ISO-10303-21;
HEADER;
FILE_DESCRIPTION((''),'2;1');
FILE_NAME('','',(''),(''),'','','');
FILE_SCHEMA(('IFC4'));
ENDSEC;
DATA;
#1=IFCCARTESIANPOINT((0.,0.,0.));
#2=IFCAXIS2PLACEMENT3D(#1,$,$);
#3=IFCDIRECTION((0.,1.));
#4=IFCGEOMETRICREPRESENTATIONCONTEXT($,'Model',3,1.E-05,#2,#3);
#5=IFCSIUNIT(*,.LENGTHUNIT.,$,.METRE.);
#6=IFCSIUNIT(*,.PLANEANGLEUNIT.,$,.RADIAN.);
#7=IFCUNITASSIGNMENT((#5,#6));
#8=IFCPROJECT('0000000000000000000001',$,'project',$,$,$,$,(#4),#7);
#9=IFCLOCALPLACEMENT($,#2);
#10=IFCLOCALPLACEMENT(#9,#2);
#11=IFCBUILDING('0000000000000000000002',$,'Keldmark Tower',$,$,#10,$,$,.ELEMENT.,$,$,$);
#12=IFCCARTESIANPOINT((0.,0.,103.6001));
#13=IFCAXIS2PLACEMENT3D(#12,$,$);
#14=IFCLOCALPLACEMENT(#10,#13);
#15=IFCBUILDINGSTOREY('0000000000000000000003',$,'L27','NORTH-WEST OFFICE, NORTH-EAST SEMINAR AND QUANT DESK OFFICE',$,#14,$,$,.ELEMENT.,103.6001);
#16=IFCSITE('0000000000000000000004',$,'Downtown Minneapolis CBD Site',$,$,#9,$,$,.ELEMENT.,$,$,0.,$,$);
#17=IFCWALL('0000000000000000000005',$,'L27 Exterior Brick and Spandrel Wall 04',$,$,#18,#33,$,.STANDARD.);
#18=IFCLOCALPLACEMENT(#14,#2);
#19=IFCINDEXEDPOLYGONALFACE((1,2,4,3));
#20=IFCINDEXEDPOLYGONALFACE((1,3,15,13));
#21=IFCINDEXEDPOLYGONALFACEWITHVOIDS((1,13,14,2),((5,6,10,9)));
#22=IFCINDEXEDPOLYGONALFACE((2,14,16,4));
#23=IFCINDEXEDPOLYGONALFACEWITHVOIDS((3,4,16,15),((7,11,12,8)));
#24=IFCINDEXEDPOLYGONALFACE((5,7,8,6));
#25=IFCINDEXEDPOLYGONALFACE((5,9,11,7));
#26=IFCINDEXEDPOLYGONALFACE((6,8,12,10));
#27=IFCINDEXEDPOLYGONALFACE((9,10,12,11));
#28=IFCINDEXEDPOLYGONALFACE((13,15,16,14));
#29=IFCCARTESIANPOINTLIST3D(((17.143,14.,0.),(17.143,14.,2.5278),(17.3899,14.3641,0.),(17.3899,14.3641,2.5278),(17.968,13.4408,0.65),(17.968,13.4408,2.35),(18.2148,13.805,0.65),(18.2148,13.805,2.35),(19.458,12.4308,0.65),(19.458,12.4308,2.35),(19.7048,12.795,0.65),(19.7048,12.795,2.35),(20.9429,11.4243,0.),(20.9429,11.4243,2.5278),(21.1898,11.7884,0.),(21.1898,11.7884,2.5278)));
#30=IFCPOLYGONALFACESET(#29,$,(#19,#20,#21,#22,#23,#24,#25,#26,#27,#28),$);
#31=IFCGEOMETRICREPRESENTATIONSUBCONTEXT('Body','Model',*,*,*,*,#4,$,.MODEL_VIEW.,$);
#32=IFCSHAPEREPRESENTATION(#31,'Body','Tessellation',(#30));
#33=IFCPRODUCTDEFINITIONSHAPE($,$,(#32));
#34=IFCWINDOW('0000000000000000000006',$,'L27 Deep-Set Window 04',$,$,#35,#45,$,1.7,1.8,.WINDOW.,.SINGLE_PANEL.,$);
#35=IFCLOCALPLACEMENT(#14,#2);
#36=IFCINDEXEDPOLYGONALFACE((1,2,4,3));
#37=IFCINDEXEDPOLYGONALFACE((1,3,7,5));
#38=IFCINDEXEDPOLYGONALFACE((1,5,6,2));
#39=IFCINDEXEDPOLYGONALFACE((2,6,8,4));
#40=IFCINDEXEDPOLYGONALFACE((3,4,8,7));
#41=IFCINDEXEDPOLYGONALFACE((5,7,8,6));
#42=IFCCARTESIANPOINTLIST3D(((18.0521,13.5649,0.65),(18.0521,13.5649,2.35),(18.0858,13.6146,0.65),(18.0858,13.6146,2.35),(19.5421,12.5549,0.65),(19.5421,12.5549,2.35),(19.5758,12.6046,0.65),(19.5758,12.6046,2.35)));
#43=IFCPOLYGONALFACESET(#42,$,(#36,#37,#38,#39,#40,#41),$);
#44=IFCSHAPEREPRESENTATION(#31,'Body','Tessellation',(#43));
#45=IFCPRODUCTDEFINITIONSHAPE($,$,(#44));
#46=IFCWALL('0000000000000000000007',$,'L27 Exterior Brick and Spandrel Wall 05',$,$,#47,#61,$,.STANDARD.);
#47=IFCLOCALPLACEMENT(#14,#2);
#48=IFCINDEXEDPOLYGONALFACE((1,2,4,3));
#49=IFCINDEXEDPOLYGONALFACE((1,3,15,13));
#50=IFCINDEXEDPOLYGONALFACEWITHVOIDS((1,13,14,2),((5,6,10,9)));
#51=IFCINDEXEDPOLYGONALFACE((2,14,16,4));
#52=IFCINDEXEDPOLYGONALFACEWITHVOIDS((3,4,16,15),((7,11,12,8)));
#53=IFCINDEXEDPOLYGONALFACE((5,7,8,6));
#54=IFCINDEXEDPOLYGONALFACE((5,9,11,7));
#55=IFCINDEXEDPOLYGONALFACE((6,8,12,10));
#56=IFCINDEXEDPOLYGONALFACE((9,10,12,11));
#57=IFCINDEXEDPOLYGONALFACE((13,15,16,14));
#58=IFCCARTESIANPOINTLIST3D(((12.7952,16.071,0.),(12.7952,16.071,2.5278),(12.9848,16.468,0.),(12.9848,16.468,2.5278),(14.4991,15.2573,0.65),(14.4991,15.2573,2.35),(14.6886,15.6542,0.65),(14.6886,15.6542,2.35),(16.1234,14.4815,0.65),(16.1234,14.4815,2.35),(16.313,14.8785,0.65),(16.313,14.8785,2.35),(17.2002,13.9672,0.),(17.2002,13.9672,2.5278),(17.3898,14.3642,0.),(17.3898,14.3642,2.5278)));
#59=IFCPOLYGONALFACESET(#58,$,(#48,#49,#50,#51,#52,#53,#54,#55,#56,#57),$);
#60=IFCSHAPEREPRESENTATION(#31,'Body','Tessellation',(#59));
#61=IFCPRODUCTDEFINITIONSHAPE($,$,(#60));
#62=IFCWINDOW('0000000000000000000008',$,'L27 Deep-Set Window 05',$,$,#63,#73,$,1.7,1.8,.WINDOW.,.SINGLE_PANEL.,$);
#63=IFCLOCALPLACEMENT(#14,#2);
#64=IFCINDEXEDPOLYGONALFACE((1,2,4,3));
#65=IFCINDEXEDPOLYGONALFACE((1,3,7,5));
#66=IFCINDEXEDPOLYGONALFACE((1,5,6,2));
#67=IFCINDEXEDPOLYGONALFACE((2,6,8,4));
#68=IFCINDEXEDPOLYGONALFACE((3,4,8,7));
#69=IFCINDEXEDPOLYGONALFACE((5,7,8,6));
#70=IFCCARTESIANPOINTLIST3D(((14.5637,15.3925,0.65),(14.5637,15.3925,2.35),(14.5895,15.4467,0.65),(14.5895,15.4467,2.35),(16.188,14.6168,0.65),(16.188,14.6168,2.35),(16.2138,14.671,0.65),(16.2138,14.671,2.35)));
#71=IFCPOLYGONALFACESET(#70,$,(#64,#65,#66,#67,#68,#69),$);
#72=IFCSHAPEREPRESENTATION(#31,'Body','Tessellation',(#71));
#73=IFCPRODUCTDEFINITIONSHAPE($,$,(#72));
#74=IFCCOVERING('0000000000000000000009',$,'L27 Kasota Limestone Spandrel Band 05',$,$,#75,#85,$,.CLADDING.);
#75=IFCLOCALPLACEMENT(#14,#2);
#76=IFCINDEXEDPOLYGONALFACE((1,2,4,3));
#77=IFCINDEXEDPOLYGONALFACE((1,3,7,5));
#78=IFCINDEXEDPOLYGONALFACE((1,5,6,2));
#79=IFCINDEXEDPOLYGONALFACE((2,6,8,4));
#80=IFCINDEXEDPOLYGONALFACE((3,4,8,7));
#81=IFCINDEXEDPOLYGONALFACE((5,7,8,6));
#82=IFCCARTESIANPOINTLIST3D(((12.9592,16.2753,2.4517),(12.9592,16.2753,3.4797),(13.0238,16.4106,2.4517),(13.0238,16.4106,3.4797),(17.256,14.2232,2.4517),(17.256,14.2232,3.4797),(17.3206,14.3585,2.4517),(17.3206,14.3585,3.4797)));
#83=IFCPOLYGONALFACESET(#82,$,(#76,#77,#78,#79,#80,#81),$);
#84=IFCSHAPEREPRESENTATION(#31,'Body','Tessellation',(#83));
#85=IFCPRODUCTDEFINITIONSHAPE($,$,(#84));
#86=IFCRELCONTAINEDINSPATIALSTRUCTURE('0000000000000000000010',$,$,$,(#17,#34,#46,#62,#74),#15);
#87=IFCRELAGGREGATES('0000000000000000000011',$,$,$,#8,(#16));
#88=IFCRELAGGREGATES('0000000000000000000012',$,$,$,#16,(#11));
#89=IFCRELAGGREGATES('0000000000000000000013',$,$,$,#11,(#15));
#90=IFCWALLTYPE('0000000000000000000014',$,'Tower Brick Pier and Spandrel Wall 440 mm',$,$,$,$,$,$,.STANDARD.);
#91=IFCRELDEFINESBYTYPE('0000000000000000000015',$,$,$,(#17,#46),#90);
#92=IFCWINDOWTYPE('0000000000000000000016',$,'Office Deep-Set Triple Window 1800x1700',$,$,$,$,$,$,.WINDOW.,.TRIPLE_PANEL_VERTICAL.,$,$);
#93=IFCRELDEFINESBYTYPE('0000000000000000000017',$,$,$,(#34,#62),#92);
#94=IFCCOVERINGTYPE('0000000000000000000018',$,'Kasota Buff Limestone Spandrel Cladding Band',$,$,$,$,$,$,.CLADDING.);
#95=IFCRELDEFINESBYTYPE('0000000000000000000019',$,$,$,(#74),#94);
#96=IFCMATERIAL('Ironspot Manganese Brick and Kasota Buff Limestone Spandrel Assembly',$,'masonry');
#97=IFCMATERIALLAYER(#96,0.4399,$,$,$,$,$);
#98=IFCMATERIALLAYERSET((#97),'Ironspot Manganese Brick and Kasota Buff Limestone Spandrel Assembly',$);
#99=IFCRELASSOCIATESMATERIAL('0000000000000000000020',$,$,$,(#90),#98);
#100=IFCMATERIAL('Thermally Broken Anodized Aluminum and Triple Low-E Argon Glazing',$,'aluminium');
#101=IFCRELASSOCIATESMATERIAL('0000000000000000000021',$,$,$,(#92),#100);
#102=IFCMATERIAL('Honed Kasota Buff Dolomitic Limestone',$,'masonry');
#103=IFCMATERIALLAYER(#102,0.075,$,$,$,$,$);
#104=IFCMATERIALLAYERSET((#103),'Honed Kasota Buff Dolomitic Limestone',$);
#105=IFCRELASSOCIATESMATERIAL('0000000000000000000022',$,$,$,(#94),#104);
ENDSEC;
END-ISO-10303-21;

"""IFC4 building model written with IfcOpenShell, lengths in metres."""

from ifc_helpers import new_model, si_unit, direction, frame, frame_2d, origin, origin_2d, place, context, subcontext, project, spatial, rectangle, extrude, material, layer, layer_set, type_object, element, fill, save


model = new_model("IFC4")

# Units and contexts
model_context = context("Model", 3, precision=1e-05, world=origin(), true_north=direction((0.0, 1.0)))
body_context = subcontext(model_context, "Body", "Model", "MODEL_VIEW")
ifc_project = project(units=[si_unit("LENGTHUNIT", "METRE"), si_unit("PLANEANGLEUNIT", "RADIAN")], contexts=[model_context])

# Site, building, storey
site_placement = place(None, origin())
site = spatial("IfcSite", under=ifc_project, at=site_placement, Name="Downtown Minneapolis CBD Site", CompositionType="ELEMENT", RefElevation=0.0)
building_placement = place(site_placement, origin())
building = spatial("IfcBuilding", under=site, at=building_placement, Name="Keldmark Tower", CompositionType="ELEMENT")
storey_placement = place(building_placement, frame((0.0, 0.0, 103.6001)))
storey = spatial("IfcBuildingStorey", under=building, at=storey_placement, Name="L27", Description="NORTH-WEST OFFICE, NORTH-EAST SEMINAR AND QUANT DESK OFFICE", CompositionType="ELEMENT", Elevation=103.6001)

# Walls, openings, windows
ifc_material_1 = material(Name="Ironspot Manganese Brick and Kasota Buff Limestone Spandrel Assembly", Category="masonry")
ifc_layer_1 = layer(ifc_material_1, 0.4399)
ifc_layer_set_1 = layer_set([ifc_layer_1], Name="Ironspot Manganese Brick and Kasota Buff Limestone Spandrel Assembly")
wall_type = type_object("IfcWallType", Name="Tower Brick Pier and Spandrel Wall 440 mm", PredefinedType="STANDARD", material=ifc_layer_set_1)
ifc_material_2 = material(Name="Thermally Broken Anodized Aluminum and Triple Low-E Argon Glazing", Category="aluminium")
window_type_1 = type_object("IfcWindowType", Name="Office Deep-Set Triple Window 1800x1700", PartitioningType="TRIPLE_PANEL_VERTICAL", PredefinedType="WINDOW", material=ifc_material_2)
wall_1_placement = place(storey_placement, frame((17.2664, 14.1821, 0.0), z_axis=(0.0, 0.0, 1.0), x_axis=(0.827755, -0.56109, 0.0)))
wall_1 = element("IfcWall", 1, at=wall_1_placement, inside=storey, type_object=wall_type, Name="L27 Exterior Brick and Spandrel Wall 04", PredefinedType="STANDARD", context=body_context, shape_type="SweptSolid", body=[
    extrude(rectangle(XDim=4.5906, YDim=0.4399, at=frame_2d((2.2954, 0.0))), origin(), (0.0, 0.0, 1.0), 2.5278),
])
opening_1_placement = place(wall_1_placement, frame((0.9968, 0.0, 0.6499)))
opening_1 = element("IfcOpeningElement", 2, at=opening_1_placement, cuts=wall_1, PredefinedType="OPENING", context=body_context, shape_type="SweptSolid", body=[
    extrude(rectangle(XDim=1.8, YDim=1.7, at=frame_2d((0.8999, 0.8501))), frame((0.0, 0.23, 0.0), z_axis=(0.0, -1.0, 0.0), x_axis=(1.0, 0.0, 0.0)), (0.0, 0.0, 1.0), 0.46),
])
window_1_placement = place(opening_1_placement, origin())
window_1 = element("IfcWindow", 3, at=window_1_placement, inside=storey, type_object=window_type_1, Name="L27 Deep-Set Window 04", OverallHeight=1.7, OverallWidth=1.8, PartitioningType="SINGLE_PANEL", PredefinedType="WINDOW", context=body_context, shape_type="SweptSolid", body=[
    extrude(rectangle(XDim=1.8, YDim=1.7, at=frame_2d((0.8999, 0.8501))), frame((0.0, -0.01, 0.0), z_axis=(0.0, -1.0, 0.0), x_axis=(1.0, 0.0, 0.0)), (0.0, 0.0, 1.0), 0.0601),
])
fill(opening_1, window_1)
wall_2_placement = place(storey_placement, frame((12.8899, 16.2695, 0.0), z_axis=(0.0, 0.0, 1.0), x_axis=(0.902373, -0.430956, 0.0)))
wall_2 = element("IfcWall", 4, at=wall_2_placement, inside=storey, type_object=wall_type, Name="L27 Exterior Brick and Spandrel Wall 05", PredefinedType="STANDARD", context=body_context, shape_type="SweptSolid", body=[
    extrude(rectangle(XDim=4.8816, YDim=0.4399, at=frame_2d((2.4409, 0.0))), origin(), (0.0, 0.0, 1.0), 2.5278),
])
opening_2_placement = place(wall_2_placement, frame((1.8884, 0.0, 0.6499)))
opening_2 = element("IfcOpeningElement", 5, at=opening_2_placement, cuts=wall_2, PredefinedType="OPENING", context=body_context, shape_type="SweptSolid", body=[
    extrude(rectangle(XDim=1.8, YDim=1.7, at=frame_2d((0.8999, 0.8501))), frame((0.0, 0.23, 0.0), z_axis=(0.0, -1.0, 0.0), x_axis=(1.0, 0.0, 0.0)), (0.0, 0.0, 1.0), 0.46),
])
window_2_placement = place(opening_2_placement, origin())
window_2 = element("IfcWindow", 6, at=window_2_placement, inside=storey, type_object=window_type_1, Name="L27 Deep-Set Window 05", OverallHeight=1.7, OverallWidth=1.8, PartitioningType="SINGLE_PANEL", PredefinedType="WINDOW", context=body_context, shape_type="SweptSolid", body=[
    extrude(rectangle(XDim=1.8, YDim=1.7, at=frame_2d((0.8999, 0.8501))), frame((0.0, -0.01, 0.0), z_axis=(0.0, -1.0, 0.0), x_axis=(1.0, 0.0, 0.0)), (0.0, 0.0, 1.0), 0.0601),
])
fill(opening_2, window_2)

# Covering
ifc_material_3 = material(Name="Honed Kasota Buff Dolomitic Limestone", Category="masonry")
ifc_layer_2 = layer(ifc_material_3, 0.075)
ifc_layer_set_2 = layer_set([ifc_layer_2], Name="Honed Kasota Buff Dolomitic Limestone")
covering_type = type_object("IfcCoveringType", Name="Kasota Buff Limestone Spandrel Cladding Band", PredefinedType="CLADDING", material=ifc_layer_set_2)
covering_placement = place(storey_placement, frame((15.1399, 15.3169, 2.4517), z_axis=(0.0, 0.0, 1.0), x_axis=(-0.902367, 0.430968, 0.0)))
element("IfcCovering", 7, at=covering_placement, inside=storey, type_object=covering_type, Name="L27 Kasota Limestone Spandrel Band 05", PredefinedType="CLADDING", context=body_context, shape_type="SweptSolid", body=[
    extrude(rectangle(XDim=4.7617, YDim=0.1499, at=origin_2d()), origin(), (0.0, 0.0, 1.0), 1.0281),
])

save(model, "model.ifc")
